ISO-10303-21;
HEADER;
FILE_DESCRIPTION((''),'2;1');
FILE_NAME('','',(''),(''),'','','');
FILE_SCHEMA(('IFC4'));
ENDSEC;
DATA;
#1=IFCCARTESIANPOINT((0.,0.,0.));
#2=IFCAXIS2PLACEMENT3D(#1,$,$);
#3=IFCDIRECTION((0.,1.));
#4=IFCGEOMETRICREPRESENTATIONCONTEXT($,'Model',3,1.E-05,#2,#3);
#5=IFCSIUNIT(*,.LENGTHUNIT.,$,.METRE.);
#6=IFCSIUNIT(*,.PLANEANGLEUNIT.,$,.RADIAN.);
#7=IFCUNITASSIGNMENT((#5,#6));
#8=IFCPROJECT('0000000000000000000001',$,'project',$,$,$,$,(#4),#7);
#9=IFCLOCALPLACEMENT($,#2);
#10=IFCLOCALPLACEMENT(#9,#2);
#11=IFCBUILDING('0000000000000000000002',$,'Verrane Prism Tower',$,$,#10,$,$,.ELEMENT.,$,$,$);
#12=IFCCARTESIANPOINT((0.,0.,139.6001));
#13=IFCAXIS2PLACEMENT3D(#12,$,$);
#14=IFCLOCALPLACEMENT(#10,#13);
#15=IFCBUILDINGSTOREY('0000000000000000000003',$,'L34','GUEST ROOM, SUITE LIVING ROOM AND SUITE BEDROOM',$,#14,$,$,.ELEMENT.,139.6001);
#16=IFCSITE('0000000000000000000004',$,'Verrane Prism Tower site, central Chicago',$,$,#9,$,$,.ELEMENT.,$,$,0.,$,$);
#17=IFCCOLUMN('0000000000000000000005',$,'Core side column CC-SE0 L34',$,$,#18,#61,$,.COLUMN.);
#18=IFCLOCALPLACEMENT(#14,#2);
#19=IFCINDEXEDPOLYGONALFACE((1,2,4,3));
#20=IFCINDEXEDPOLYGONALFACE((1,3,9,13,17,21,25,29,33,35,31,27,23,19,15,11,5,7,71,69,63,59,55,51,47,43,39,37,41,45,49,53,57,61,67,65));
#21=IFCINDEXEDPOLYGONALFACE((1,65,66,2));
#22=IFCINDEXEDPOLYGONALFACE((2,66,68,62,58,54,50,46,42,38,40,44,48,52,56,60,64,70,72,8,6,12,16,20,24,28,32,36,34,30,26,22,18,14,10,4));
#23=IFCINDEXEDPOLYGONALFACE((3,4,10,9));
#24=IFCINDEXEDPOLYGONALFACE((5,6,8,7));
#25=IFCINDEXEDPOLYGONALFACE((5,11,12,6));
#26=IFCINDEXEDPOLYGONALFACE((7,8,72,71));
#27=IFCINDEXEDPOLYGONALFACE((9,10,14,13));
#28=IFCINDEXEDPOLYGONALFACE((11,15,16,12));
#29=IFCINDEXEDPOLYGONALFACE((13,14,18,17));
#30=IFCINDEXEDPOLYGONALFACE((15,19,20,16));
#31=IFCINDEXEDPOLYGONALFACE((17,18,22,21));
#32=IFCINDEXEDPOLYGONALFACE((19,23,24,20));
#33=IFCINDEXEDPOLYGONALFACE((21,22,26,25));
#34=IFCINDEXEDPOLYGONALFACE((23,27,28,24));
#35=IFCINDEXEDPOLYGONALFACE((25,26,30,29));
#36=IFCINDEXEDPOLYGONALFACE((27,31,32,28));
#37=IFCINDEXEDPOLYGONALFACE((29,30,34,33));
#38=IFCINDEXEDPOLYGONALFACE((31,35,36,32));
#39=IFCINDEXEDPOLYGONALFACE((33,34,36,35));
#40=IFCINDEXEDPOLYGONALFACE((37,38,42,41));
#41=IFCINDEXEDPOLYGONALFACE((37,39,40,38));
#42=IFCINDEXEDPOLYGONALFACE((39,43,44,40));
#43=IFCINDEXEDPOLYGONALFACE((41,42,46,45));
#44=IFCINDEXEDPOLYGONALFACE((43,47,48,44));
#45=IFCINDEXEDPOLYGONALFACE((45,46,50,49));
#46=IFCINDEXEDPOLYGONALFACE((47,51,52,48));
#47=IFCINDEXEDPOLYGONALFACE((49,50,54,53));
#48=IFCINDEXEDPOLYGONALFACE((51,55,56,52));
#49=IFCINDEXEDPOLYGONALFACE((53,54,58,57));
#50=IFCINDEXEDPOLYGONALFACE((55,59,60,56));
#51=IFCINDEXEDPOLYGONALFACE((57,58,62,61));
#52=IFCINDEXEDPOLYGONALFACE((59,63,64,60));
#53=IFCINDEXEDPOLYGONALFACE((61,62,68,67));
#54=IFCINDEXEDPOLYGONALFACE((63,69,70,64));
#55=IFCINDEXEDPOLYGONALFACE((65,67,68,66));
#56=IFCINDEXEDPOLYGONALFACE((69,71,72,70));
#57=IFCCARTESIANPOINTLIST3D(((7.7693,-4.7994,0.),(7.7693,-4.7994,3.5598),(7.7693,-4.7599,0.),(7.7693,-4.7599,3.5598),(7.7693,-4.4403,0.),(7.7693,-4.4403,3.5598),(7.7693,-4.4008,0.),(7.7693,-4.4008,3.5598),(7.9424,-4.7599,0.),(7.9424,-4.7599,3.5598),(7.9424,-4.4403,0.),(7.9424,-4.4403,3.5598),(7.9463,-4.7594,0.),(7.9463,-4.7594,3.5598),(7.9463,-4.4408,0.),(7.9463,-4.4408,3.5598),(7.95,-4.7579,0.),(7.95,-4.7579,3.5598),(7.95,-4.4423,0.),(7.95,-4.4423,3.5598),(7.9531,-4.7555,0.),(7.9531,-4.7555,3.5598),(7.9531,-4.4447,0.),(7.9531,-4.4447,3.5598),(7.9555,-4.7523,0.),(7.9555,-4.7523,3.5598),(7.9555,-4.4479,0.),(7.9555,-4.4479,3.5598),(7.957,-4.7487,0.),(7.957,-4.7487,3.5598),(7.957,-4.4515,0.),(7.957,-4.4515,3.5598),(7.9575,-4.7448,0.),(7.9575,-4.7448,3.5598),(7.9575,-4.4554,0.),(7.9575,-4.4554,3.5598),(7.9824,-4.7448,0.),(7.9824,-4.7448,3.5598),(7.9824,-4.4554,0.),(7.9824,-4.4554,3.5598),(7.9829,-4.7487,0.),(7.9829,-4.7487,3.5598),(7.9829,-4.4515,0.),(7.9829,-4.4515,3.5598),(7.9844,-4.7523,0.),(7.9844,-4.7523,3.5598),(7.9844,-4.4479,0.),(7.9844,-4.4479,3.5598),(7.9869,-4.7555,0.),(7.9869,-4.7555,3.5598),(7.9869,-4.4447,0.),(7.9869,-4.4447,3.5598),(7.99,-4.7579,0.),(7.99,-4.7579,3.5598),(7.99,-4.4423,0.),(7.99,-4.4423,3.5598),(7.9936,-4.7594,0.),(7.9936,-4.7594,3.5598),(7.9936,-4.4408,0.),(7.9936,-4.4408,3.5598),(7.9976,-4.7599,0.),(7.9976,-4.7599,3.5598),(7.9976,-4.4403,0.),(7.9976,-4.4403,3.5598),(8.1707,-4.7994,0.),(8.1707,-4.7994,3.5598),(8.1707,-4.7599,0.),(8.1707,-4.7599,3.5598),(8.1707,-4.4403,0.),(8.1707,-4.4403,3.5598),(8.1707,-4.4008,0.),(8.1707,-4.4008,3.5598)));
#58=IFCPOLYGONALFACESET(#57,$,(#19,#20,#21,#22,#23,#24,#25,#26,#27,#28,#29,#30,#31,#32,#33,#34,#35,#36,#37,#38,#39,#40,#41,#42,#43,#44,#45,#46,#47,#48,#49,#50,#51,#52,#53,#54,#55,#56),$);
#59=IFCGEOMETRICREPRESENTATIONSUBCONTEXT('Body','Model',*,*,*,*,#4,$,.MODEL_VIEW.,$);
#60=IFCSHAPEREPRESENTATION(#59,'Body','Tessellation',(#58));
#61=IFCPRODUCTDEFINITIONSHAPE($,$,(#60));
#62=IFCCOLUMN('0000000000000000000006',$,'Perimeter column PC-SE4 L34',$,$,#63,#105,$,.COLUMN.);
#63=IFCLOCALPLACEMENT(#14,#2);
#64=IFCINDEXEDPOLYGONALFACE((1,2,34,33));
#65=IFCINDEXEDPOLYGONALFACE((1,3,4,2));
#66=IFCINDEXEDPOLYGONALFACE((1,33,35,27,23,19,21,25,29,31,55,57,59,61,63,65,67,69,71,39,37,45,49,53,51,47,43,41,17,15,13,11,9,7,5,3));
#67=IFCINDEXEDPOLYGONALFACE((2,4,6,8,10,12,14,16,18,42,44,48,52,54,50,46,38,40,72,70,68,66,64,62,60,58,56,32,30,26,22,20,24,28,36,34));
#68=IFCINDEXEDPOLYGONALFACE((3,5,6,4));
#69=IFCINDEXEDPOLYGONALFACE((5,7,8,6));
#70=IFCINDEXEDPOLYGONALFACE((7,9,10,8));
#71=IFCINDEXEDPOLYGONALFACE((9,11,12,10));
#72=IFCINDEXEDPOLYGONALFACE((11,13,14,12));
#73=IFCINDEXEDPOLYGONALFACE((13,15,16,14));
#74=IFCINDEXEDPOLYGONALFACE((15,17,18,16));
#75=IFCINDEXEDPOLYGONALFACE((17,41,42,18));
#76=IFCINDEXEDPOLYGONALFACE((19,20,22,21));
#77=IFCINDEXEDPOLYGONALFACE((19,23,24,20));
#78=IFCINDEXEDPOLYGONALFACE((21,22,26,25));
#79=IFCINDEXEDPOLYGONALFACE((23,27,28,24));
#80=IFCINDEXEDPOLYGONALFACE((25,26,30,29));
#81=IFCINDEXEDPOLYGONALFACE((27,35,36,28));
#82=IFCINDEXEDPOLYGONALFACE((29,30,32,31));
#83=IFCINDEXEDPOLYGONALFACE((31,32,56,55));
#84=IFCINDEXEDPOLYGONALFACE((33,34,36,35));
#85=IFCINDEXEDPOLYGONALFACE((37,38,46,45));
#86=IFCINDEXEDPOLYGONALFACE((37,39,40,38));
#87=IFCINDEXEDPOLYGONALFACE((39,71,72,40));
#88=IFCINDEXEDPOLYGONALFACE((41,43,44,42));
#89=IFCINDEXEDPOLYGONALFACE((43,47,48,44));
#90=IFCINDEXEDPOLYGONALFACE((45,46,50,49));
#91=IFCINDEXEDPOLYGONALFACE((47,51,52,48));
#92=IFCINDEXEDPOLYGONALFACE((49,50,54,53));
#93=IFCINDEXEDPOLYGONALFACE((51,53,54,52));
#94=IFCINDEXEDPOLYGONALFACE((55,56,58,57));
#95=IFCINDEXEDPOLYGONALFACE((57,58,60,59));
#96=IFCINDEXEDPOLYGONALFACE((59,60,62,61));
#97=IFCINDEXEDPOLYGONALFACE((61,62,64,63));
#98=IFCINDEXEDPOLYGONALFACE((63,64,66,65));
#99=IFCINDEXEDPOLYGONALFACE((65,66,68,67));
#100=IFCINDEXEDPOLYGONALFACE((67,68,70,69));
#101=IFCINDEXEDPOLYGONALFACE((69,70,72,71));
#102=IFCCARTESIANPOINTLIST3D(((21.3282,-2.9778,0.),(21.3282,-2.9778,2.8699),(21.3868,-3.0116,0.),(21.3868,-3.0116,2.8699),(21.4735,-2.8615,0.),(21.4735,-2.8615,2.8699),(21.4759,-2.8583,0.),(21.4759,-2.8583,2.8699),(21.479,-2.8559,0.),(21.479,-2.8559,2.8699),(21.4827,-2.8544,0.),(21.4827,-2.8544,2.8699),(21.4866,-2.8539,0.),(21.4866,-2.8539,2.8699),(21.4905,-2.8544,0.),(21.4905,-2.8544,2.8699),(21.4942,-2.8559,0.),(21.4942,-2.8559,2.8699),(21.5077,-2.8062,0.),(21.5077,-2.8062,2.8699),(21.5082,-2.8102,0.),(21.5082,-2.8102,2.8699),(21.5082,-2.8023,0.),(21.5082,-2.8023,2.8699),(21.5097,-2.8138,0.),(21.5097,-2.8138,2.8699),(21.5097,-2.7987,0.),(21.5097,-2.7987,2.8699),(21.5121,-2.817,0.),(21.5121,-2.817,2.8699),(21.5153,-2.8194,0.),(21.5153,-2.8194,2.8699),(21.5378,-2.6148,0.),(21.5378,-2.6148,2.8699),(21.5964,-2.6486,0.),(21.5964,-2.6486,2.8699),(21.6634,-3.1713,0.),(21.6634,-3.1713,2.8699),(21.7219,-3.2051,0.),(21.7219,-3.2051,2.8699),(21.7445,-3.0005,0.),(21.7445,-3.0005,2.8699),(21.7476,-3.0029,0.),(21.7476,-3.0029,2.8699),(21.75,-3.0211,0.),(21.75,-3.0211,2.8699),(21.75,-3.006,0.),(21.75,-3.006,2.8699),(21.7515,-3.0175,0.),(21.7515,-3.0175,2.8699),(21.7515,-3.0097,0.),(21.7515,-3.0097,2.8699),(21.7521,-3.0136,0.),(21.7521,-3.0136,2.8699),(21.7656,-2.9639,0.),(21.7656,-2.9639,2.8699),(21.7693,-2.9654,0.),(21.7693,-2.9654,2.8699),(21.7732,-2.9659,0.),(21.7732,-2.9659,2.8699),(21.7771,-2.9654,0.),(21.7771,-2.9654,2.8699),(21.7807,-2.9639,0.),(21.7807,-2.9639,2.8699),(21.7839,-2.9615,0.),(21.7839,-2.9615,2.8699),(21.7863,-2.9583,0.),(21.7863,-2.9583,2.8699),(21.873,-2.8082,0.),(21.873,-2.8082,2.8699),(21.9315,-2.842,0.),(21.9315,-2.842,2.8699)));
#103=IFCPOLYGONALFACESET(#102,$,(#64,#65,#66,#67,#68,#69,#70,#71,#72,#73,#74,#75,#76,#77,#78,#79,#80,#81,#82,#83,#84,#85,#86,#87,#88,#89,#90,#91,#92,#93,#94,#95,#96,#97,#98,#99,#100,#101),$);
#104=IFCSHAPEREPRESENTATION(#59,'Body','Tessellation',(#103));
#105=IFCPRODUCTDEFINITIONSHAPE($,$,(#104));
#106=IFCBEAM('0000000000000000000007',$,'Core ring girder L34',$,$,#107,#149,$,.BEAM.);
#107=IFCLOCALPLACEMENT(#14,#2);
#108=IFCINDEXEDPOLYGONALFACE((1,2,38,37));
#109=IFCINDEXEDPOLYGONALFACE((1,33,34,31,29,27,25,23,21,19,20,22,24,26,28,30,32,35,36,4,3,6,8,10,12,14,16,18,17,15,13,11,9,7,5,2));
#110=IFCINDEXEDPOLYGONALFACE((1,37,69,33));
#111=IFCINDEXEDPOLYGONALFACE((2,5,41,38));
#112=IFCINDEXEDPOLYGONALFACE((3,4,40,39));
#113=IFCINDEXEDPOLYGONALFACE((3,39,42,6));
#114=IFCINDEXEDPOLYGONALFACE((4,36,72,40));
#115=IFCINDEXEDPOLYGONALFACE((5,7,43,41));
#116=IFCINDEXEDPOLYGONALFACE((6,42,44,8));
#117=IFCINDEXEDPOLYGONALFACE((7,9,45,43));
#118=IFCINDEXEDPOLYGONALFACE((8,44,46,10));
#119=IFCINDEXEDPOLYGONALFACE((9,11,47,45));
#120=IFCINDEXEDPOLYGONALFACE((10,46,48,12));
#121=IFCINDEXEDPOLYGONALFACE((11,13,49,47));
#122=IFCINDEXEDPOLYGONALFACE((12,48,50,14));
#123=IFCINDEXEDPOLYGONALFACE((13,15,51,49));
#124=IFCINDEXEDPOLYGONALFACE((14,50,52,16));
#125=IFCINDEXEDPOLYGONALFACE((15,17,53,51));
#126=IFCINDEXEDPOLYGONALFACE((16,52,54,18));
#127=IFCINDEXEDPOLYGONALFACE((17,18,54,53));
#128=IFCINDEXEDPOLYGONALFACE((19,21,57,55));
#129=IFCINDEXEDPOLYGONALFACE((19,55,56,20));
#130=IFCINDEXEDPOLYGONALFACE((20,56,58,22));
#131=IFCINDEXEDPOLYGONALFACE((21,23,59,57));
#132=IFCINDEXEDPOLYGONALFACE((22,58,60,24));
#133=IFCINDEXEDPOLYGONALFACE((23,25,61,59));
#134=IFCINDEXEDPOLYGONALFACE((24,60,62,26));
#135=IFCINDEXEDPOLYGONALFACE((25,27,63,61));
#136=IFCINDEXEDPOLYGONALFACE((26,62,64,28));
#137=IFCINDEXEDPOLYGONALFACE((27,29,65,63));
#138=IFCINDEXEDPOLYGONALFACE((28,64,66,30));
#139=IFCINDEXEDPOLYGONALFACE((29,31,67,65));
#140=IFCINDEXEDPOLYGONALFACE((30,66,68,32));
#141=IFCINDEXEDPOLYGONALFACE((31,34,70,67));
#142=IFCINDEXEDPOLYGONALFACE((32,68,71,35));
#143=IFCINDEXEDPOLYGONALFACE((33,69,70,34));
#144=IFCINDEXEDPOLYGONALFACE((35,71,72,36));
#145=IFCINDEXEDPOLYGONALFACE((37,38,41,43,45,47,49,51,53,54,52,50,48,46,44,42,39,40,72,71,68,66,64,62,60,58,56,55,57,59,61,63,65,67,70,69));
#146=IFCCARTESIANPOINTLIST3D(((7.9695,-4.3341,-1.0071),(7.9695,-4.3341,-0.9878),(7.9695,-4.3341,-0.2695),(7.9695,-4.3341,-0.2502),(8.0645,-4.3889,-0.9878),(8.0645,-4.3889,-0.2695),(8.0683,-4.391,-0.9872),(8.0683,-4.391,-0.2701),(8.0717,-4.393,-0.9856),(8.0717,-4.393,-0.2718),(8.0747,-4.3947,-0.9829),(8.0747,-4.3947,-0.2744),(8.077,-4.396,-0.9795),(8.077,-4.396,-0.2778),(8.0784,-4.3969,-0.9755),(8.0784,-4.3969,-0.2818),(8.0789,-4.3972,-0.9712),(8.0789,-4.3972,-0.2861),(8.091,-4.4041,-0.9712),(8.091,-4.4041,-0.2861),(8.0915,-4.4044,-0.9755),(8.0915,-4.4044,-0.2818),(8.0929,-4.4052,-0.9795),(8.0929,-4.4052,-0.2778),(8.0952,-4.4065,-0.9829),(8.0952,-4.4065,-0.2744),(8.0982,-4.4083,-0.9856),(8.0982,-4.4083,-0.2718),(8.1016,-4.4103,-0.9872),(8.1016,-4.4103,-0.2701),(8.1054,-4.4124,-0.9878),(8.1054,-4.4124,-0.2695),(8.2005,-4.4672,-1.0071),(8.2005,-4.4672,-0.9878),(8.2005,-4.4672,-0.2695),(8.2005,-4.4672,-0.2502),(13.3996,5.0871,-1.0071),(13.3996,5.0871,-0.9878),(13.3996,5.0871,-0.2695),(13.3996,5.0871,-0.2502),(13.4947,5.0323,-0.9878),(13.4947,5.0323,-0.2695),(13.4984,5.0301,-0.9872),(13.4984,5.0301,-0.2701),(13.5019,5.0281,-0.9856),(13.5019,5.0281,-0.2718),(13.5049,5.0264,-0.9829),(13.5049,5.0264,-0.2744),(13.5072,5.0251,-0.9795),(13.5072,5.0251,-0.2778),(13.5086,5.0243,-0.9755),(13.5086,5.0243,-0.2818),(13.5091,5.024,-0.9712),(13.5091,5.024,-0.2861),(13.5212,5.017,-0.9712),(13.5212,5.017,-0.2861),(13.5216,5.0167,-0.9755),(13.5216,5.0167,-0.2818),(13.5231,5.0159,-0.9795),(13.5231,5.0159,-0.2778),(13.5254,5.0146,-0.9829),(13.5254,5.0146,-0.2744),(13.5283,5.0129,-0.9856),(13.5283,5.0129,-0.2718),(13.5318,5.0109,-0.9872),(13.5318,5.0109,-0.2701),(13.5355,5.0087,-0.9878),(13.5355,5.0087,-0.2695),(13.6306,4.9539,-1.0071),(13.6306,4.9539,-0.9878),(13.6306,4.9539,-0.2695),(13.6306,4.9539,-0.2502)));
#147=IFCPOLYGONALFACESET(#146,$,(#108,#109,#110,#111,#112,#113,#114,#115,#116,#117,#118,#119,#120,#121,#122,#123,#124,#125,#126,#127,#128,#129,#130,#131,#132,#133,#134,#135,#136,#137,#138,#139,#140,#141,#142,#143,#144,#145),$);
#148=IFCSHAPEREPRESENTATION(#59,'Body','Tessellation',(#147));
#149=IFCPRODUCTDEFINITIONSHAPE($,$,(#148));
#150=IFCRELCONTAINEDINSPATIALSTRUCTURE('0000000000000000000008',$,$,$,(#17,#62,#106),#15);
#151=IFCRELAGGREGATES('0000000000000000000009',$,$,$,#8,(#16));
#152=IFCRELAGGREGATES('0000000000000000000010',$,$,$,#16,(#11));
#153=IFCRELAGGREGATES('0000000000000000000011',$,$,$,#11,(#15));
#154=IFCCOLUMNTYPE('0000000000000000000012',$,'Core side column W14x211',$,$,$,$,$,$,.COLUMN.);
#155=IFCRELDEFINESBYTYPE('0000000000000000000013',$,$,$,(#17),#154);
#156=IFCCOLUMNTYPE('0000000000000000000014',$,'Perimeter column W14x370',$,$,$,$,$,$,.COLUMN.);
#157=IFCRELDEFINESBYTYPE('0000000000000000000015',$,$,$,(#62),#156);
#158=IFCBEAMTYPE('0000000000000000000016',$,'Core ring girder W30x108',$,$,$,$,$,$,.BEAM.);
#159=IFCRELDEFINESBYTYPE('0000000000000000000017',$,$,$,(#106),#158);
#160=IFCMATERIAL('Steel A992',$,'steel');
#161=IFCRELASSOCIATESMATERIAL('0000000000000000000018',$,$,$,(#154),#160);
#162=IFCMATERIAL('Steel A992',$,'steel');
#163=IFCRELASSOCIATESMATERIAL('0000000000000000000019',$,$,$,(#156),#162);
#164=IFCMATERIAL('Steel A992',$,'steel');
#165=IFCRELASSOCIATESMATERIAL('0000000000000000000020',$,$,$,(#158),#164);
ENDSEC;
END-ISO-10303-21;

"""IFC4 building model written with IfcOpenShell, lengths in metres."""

from ifc_helpers import new_model, si_unit, direction, frame, origin, origin_2d, place, context, subcontext, project, spatial, i_section, extrude, material, material_profile, profile_set, type_object, element, save


model = new_model("IFC4")

# Units and contexts
model_context = context("Model", 3, precision=1e-05, world=origin(), true_north=direction((0.0, 1.0)))
body_context = subcontext(model_context, "Body", "Model", "MODEL_VIEW")
ifc_project = project(units=[si_unit("LENGTHUNIT", "METRE"), si_unit("PLANEANGLEUNIT", "RADIAN")], contexts=[model_context])

# Site, building, storey
site_placement = place(None, origin())
site = spatial("IfcSite", under=ifc_project, at=site_placement, Name="Verrane Prism Tower site, central Chicago", CompositionType="ELEMENT", RefElevation=0.0)
building_placement = place(site_placement, origin())
building = spatial("IfcBuilding", under=site, at=building_placement, Name="Verrane Prism Tower", CompositionType="ELEMENT")
storey_placement = place(building_placement, frame((0.0, 0.0, 139.6001)))
storey = spatial("IfcBuildingStorey", under=building, at=storey_placement, Name="L34", Description="GUEST ROOM, SUITE LIVING ROOM AND SUITE BEDROOM", CompositionType="ELEMENT", Elevation=139.6001)

# Columns
ifc_material_1 = material(Name="Steel A992", Category="steel")
ifc_material_profile_1 = material_profile(ifc_material_1, i_section(OverallWidth=0.4014, OverallDepth=0.3987, WebThickness=0.0249, FlangeThickness=0.0396, FilletRadius=0.0151, at=origin_2d()), Name="W14x211")
ifc_profile_set_1 = profile_set([ifc_material_profile_1], Name="Steel A992")
column_type_1 = type_object("IfcColumnType", Name="Core side column W14x211", PredefinedType="COLUMN", material=ifc_profile_set_1)
column_1_placement = place(storey_placement, frame((7.97, -4.6001, 0.0), z_axis=(0.0, 0.0, 1.0), x_axis=(1.0, 0.0, 0.0)))
element("IfcColumn", 1, at=column_1_placement, inside=storey, type_object=column_type_1, Name="Core side column CC-SE0 L34", PredefinedType="COLUMN", context=body_context, shape_type="SweptSolid", body=[
    extrude(i_section(OverallWidth=0.4014, OverallDepth=0.3987, WebThickness=0.0249, FlangeThickness=0.0396, FilletRadius=0.0151, at=origin_2d()), origin(), (0.0, 0.0, 1.0), 3.5598),
])
ifc_material_2 = material(Name="Steel A992", Category="steel")
ifc_material_profile_2 = material_profile(ifc_material_2, i_section(OverallWidth=0.4192, OverallDepth=0.4546, WebThickness=0.0422, FlangeThickness=0.0676, FilletRadius=0.0151, at=origin_2d()), Name="W14x370")
ifc_profile_set_2 = profile_set([ifc_material_profile_2], Name="Steel A992")
column_type_2 = type_object("IfcColumnType", Name="Perimeter column W14x370", PredefinedType="COLUMN", material=ifc_profile_set_2)
column_2_placement = place(storey_placement, frame((21.6299, -2.9099, 0.0), z_axis=(0.0, 0.0, 1.0), x_axis=(-0.5, -0.866025, 0.0)))
element("IfcColumn", 2, at=column_2_placement, inside=storey, type_object=column_type_2, Name="Perimeter column PC-SE4 L34", PredefinedType="COLUMN", context=body_context, shape_type="SweptSolid", body=[
    extrude(i_section(OverallWidth=0.4192, OverallDepth=0.4546, WebThickness=0.0422, FlangeThickness=0.0676, FilletRadius=0.0151, at=origin_2d()), origin(), (0.0, 0.0, 1.0), 2.8699),
])

# Beam
ifc_material_3 = material(Name="Steel A992", Category="steel")
ifc_material_profile_3 = material_profile(ifc_material_3, i_section(OverallWidth=0.2666, OverallDepth=0.7568, WebThickness=0.0139, FlangeThickness=0.0193, FilletRadius=0.0166, at=origin_2d()), Name="W30x108")
ifc_profile_set_3 = profile_set([ifc_material_profile_3], Name="Steel A992")
beam_type_1 = type_object("IfcBeamType", Name="Core ring girder W30x108", PredefinedType="BEAM", material=ifc_profile_set_3)
beam_1_placement = place(storey_placement, frame((8.085, -4.4006, -0.6287), z_axis=(0.499371, 0.866388, 0.0), x_axis=(-0.866388, 0.499371, 0.0)))
element("IfcBeam", 3, at=beam_1_placement, inside=storey, type_object=beam_type_1, Name="Core ring girder L34", PredefinedType="BEAM", context=body_context, shape_type="SweptSolid", body=[
    extrude(i_section(OverallWidth=0.2666, OverallDepth=0.7568, WebThickness=0.0139, FlangeThickness=0.0193, FilletRadius=0.0166, at=origin_2d()), origin(), (0.0, 0.0, 1.0), 10.874),
])

save(model, "model.ifc")
